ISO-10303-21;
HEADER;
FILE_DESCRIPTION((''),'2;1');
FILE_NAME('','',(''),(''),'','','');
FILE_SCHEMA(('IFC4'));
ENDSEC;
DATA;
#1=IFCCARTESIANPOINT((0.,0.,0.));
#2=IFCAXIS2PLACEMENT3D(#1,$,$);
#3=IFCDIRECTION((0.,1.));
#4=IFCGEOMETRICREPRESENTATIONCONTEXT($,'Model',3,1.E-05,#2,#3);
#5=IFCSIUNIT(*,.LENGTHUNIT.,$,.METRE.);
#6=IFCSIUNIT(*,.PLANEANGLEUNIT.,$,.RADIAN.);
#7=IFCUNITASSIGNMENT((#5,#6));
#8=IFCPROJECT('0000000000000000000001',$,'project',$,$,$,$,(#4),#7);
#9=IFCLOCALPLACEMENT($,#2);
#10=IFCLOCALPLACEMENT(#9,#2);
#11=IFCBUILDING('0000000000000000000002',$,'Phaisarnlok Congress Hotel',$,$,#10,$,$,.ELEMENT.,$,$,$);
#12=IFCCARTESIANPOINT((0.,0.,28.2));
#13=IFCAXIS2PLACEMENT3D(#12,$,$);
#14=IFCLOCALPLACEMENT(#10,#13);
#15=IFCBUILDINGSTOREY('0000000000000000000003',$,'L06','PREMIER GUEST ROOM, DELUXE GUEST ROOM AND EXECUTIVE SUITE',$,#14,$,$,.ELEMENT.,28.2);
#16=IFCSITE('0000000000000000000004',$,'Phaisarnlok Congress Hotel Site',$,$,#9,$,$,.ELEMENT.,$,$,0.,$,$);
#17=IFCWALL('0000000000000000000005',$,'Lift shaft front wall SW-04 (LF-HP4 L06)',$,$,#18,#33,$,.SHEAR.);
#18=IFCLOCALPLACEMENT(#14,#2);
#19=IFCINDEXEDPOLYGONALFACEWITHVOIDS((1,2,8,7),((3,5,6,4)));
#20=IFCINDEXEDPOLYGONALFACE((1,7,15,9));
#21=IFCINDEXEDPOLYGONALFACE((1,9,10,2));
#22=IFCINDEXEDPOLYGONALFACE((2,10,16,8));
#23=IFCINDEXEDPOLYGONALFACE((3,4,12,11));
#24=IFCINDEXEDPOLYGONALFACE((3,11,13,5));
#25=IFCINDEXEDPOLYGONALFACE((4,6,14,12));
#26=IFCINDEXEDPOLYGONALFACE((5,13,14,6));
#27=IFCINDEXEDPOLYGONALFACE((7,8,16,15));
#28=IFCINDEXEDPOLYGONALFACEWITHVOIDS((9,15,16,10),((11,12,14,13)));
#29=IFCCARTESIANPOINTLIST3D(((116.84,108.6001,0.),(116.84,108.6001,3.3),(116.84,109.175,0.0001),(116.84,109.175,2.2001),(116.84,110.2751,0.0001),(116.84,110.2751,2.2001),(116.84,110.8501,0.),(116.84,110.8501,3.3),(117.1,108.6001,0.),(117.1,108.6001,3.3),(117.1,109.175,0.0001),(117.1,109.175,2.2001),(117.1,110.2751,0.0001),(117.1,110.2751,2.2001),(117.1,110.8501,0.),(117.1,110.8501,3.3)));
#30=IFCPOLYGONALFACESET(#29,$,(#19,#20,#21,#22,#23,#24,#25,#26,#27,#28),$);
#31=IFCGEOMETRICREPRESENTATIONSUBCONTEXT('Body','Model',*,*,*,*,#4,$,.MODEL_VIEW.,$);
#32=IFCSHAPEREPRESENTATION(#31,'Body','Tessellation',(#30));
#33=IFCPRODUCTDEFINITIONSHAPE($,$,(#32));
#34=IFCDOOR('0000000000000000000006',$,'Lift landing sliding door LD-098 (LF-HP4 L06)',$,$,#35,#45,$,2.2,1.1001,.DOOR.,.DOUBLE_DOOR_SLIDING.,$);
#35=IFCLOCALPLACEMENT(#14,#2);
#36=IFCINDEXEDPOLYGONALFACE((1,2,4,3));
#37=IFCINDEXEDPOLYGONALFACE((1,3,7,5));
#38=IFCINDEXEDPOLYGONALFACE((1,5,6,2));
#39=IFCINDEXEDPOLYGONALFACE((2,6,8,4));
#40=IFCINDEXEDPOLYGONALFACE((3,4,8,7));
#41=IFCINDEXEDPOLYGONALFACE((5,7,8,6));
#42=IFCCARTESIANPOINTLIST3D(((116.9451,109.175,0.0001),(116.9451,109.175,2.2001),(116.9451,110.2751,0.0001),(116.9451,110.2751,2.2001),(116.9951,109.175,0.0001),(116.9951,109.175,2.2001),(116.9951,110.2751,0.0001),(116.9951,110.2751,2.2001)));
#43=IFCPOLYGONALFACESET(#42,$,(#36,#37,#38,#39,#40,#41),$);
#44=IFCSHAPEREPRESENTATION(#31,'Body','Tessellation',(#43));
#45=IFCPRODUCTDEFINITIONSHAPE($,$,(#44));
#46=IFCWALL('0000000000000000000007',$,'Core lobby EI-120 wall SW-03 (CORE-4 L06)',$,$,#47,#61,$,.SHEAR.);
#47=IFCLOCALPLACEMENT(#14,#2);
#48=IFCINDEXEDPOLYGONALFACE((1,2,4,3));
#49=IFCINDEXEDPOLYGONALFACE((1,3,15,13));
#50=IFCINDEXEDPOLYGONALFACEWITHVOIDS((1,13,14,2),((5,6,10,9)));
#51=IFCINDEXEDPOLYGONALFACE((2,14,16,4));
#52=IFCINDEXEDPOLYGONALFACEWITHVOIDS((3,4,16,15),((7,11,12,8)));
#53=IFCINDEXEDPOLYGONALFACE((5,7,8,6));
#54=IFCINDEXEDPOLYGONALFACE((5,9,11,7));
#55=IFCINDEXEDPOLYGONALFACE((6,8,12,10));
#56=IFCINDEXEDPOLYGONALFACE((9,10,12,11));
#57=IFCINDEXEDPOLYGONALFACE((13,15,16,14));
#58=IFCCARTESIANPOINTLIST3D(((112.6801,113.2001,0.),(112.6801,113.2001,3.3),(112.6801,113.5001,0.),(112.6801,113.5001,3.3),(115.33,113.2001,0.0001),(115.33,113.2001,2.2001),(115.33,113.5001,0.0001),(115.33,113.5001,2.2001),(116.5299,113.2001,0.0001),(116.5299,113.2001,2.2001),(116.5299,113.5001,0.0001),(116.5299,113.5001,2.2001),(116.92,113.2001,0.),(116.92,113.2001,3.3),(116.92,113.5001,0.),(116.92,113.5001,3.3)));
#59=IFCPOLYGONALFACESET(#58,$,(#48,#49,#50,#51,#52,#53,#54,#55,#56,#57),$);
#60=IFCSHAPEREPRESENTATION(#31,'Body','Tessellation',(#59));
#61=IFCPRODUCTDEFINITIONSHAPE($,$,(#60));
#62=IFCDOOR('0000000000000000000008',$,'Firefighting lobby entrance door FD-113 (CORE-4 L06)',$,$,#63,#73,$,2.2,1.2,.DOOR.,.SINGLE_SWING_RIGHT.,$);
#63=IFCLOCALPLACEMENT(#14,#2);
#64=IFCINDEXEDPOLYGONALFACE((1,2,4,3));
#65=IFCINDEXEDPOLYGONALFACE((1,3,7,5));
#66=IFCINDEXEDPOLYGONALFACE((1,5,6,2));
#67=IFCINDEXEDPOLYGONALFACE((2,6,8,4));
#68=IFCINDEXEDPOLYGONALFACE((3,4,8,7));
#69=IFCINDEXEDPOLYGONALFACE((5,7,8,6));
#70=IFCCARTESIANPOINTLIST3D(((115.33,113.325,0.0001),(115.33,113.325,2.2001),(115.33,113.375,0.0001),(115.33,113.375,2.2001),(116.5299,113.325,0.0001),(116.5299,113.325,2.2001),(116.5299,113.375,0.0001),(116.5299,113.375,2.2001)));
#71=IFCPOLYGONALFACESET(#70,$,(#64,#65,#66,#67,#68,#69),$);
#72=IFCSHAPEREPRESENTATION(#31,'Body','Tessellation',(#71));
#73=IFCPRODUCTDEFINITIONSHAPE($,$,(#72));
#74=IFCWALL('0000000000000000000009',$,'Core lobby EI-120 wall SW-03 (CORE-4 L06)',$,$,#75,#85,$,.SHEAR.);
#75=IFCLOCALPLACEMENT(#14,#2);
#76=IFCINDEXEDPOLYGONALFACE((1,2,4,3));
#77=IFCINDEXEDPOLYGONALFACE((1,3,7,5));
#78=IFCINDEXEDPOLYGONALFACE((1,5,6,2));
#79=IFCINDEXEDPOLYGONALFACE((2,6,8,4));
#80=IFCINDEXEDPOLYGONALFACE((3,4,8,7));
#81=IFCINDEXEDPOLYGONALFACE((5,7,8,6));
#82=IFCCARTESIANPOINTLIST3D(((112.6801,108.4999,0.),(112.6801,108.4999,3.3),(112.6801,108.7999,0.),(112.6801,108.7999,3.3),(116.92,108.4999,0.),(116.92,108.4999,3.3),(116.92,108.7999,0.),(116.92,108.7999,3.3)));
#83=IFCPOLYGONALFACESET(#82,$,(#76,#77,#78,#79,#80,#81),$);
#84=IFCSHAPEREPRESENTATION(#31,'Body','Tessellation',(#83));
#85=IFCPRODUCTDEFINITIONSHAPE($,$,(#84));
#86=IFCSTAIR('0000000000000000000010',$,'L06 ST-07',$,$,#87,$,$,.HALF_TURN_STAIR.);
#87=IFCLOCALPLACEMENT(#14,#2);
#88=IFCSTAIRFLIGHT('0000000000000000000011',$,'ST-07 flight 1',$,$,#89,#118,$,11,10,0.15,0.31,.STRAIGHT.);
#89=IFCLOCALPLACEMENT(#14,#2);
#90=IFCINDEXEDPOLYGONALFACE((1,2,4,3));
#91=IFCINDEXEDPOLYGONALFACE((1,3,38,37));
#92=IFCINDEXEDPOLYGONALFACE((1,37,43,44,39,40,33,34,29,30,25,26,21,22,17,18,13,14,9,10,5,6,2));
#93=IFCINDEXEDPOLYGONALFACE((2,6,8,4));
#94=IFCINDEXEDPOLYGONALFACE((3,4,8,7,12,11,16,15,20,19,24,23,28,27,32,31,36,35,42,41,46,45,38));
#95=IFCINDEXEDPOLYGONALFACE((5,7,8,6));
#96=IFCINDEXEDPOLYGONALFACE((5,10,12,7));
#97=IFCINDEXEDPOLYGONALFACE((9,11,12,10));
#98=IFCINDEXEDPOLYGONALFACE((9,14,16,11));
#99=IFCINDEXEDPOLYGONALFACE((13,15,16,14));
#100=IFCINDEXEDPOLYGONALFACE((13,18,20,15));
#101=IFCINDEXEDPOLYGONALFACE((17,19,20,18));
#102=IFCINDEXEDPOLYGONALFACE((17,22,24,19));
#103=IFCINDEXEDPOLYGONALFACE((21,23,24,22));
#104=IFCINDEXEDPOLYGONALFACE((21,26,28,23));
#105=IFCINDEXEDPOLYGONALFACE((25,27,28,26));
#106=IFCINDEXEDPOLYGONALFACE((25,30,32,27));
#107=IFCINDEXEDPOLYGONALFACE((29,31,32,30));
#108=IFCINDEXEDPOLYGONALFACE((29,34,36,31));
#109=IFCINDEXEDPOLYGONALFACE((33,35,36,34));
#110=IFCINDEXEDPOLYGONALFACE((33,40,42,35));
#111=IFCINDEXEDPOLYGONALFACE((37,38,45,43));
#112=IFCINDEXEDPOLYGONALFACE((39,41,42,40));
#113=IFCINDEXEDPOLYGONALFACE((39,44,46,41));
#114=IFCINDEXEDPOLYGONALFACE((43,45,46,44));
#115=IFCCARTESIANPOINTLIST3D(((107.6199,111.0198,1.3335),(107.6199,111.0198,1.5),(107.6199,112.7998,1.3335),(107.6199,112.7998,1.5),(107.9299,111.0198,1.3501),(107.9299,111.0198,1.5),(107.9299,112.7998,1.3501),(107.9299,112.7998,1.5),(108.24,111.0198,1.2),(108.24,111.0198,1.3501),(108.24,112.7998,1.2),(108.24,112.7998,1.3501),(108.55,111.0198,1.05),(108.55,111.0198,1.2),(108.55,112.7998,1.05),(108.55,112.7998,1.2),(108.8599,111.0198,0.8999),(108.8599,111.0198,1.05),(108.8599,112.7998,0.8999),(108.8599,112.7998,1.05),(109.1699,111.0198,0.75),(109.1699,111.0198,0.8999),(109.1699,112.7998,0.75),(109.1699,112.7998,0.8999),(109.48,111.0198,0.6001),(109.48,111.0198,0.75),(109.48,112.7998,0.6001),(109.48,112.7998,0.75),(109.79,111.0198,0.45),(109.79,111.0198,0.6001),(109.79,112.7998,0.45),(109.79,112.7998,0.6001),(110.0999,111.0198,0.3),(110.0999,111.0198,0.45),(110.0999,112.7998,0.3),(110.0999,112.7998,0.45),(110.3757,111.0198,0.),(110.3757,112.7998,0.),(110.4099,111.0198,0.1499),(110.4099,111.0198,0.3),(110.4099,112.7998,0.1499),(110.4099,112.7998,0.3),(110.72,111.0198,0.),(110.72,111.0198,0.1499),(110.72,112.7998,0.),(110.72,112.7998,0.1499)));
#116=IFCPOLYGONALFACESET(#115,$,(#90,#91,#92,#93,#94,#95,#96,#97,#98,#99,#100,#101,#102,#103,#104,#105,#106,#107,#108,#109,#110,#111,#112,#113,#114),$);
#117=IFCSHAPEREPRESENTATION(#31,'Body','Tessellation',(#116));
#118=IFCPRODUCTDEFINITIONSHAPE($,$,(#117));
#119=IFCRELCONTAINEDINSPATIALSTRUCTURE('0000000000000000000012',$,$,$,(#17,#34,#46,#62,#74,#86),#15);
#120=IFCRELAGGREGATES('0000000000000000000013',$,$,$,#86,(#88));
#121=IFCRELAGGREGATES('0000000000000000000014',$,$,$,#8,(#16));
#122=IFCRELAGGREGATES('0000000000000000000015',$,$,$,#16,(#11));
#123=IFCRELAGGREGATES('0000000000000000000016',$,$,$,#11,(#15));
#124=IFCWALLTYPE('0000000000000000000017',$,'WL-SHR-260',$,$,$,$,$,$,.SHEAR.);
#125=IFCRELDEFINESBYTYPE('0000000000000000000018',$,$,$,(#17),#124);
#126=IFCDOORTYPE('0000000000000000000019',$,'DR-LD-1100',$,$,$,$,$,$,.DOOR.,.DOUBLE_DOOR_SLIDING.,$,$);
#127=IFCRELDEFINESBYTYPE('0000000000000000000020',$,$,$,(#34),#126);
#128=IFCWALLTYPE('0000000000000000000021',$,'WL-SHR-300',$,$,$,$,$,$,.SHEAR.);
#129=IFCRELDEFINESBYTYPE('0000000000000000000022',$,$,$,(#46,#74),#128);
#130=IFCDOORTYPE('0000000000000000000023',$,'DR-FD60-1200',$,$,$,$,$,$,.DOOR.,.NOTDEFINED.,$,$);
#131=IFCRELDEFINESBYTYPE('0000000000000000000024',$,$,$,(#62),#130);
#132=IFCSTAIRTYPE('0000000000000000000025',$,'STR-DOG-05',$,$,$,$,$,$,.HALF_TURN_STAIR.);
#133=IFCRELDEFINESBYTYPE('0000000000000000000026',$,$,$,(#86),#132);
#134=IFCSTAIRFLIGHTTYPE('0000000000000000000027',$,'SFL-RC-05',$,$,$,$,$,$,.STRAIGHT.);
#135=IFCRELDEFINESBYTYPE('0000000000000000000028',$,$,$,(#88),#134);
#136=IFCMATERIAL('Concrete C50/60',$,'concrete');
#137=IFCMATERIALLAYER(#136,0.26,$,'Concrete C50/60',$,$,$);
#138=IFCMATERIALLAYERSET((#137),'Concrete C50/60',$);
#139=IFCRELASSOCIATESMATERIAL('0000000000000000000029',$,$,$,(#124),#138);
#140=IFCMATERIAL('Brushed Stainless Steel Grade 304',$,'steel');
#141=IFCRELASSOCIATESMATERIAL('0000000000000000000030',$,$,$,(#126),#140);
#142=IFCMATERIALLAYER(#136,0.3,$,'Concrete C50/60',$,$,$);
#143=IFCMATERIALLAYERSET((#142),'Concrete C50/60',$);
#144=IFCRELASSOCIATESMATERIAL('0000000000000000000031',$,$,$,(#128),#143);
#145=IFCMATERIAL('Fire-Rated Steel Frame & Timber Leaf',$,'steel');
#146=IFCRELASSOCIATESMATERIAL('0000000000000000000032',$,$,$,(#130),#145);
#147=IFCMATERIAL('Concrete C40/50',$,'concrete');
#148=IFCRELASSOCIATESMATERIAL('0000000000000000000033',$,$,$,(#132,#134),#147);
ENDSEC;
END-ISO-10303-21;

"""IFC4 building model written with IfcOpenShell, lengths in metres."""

from ifc_helpers import new_model, si_unit, direction, frame, frame_2d, origin, place, context, subcontext, project, spatial, polyline, rectangle, outline, extrude, material, layer, layer_set, type_object, element, fill, aggregate, save


model = new_model("IFC4")

# Units and contexts
model_context = context("Model", 3, precision=1e-05, world=origin(), true_north=direction((0.0, 1.0)))
body_context = subcontext(model_context, "Body", "Model", "MODEL_VIEW")
ifc_project = project(units=[si_unit("LENGTHUNIT", "METRE"), si_unit("PLANEANGLEUNIT", "RADIAN")], contexts=[model_context])

# Site, building, storey
site_placement = place(None, origin())
site = spatial("IfcSite", under=ifc_project, at=site_placement, Name="Phaisarnlok Congress Hotel Site", CompositionType="ELEMENT", RefElevation=0.0)
building_placement = place(site_placement, origin())
building = spatial("IfcBuilding", under=site, at=building_placement, Name="Phaisarnlok Congress Hotel", CompositionType="ELEMENT")
storey_placement = place(building_placement, frame((0.0, 0.0, 28.2)))
storey = spatial("IfcBuildingStorey", under=building, at=storey_placement, Name="L06", Description="PREMIER GUEST ROOM, DELUXE GUEST ROOM AND EXECUTIVE SUITE", CompositionType="ELEMENT", Elevation=28.2)

# Shared definitions
ifc_material_1 = material(Name="Concrete C50/60", Category="concrete")

# Shared definitions
ifc_material_2 = material(Name="Concrete C40/50", Category="concrete")

# Shared definitions
ifc_layer_1 = layer(ifc_material_1, 0.26, Name="Concrete C50/60")
ifc_layer_set_1 = layer_set([ifc_layer_1], Name="Concrete C50/60")
wall_type_1 = type_object("IfcWallType", Name="WL-SHR-260", PredefinedType="SHEAR", material=ifc_layer_set_1)
ifc_material_3 = material(Name="Fire-Rated Steel Frame & Timber Leaf", Category="steel")

# Walls, openings, doors
wall_1_placement = place(storey_placement, frame((116.97, 108.6001, 0.0), z_axis=(0.0, 0.0, 1.0), x_axis=(0.0, 1.0, 0.0)))
wall_1 = element("IfcWall", 1, at=wall_1_placement, inside=storey, type_object=wall_type_1, Name="Lift shaft front wall SW-04 (LF-HP4 L06)", PredefinedType="SHEAR", context=body_context, shape_type="SweptSolid", body=[
    extrude(rectangle(XDim=2.25, YDim=0.26, at=frame_2d((1.125, 0.0))), origin(), (0.0, 0.0, 1.0), 3.3),
])
opening_1_placement = place(wall_1_placement, frame((0.575, 0.0, 0.0)))
opening_1 = element("IfcOpeningElement", 2, at=opening_1_placement, cuts=wall_1, PredefinedType="OPENING", context=body_context, shape_type="SweptSolid", body=[
    extrude(rectangle(XDim=1.1001, YDim=2.2, at=frame_2d((0.55, 1.1001))), frame((0.0, 0.1401, 0.0), z_axis=(0.0, -1.0, 0.0), x_axis=(1.0, 0.0, 0.0)), (0.0, 0.0, 1.0), 0.28),
])
ifc_material_4 = material(Name="Brushed Stainless Steel Grade 304", Category="steel")
door_type_1 = type_object("IfcDoorType", Name="DR-LD-1100", OperationType="DOUBLE_DOOR_SLIDING", PredefinedType="DOOR", material=ifc_material_4)
door_1_placement = place(opening_1_placement, origin())
door_1 = element("IfcDoor", 3, at=door_1_placement, inside=storey, type_object=door_type_1, Name="Lift landing sliding door LD-098 (LF-HP4 L06)", OperationType="DOUBLE_DOOR_SLIDING", OverallHeight=2.2, OverallWidth=1.1001, PredefinedType="DOOR", context=body_context, shape_type="SweptSolid", body=[
    extrude(rectangle(XDim=1.1001, YDim=2.2, at=frame_2d((0.55, 1.1001))), frame((0.0, 0.0249, 0.0), z_axis=(0.0, -1.0, 0.0), x_axis=(1.0, 0.0, 0.0)), (0.0, 0.0, 1.0), 0.05),
])
fill(opening_1, door_1)
ifc_layer_2 = layer(ifc_material_1, 0.3, Name="Concrete C50/60")
ifc_layer_set_2 = layer_set([ifc_layer_2], Name="Concrete C50/60")
wall_type_2 = type_object("IfcWallType", Name="WL-SHR-300", PredefinedType="SHEAR", material=ifc_layer_set_2)
wall_2_placement = place(storey_placement, frame((112.6799, 113.3501, 0.0), z_axis=(0.0, 0.0, 1.0), x_axis=(1.0, 0.0, 0.0)))
wall_2 = element("IfcWall", 4, at=wall_2_placement, inside=storey, type_object=wall_type_2, Name="Core lobby EI-120 wall SW-03 (CORE-4 L06)", PredefinedType="SHEAR", context=body_context, shape_type="SweptSolid", body=[
    extrude(rectangle(XDim=4.24, YDim=0.3, at=frame_2d((2.1201, 0.0))), origin(), (0.0, 0.0, 1.0), 3.3),
])
opening_2_placement = place(wall_2_placement, frame((2.6499, 0.0, 0.0)))
opening_2 = element("IfcOpeningElement", 5, at=opening_2_placement, cuts=wall_2, PredefinedType="OPENING", context=body_context, shape_type="SweptSolid", body=[
    extrude(rectangle(XDim=1.2, YDim=2.2, at=frame_2d((0.6001, 1.1001))), frame((0.0, 0.1602, 0.0), z_axis=(0.0, -1.0, 0.0), x_axis=(1.0, 0.0, 0.0)), (0.0, 0.0, 1.0), 0.3201),
])
door_type_2 = type_object("IfcDoorType", Name="DR-FD60-1200", OperationType="NOTDEFINED", PredefinedType="DOOR", material=ifc_material_3)
door_2_placement = place(opening_2_placement, origin())
door_2 = element("IfcDoor", 6, at=door_2_placement, inside=storey, type_object=door_type_2, Name="Firefighting lobby entrance door FD-113 (CORE-4 L06)", OperationType="SINGLE_SWING_RIGHT", OverallHeight=2.2, OverallWidth=1.2, PredefinedType="DOOR", context=body_context, shape_type="SweptSolid", body=[
    extrude(rectangle(XDim=1.2, YDim=2.2, at=frame_2d((0.6001, 1.1001))), frame((0.0, 0.0249, 0.0), z_axis=(0.0, -1.0, 0.0), x_axis=(1.0, 0.0, 0.0)), (0.0, 0.0, 1.0), 0.05),
])
fill(opening_2, door_2)

# Wall
wall_3_placement = place(storey_placement, frame((112.6799, 108.6499, 0.0), z_axis=(0.0, 0.0, 1.0), x_axis=(1.0, 0.0, 0.0)))
element("IfcWall", 7, at=wall_3_placement, inside=storey, type_object=wall_type_2, Name="Core lobby EI-120 wall SW-03 (CORE-4 L06)", PredefinedType="SHEAR", context=body_context, shape_type="SweptSolid", body=[
    extrude(rectangle(XDim=4.24, YDim=0.3, at=frame_2d((2.1201, 0.0))), origin(), (0.0, 0.0, 1.0), 3.3),
])

# Stair, stair flight
stair_type = type_object("IfcStairType", Name="STR-DOG-05", PredefinedType="HALF_TURN_STAIR", material=ifc_material_2)
stair_placement = place(storey_placement, origin())
stair = element("IfcStair", 8, at=stair_placement, inside=storey, type_object=stair_type, Name="L06 ST-07", PredefinedType="HALF_TURN_STAIR")
stair_flight_type = type_object("IfcStairFlightType", Name="SFL-RC-05", PredefinedType="STRAIGHT", material=ifc_material_2)
stair_flight_placement = place(storey_placement, frame((110.72, 111.9099, 0.0), z_axis=(0.0, 0.0, 1.0), x_axis=(-1.0, 0.0, 0.0)))
stair_flight = element("IfcStairFlight", 9, at=stair_flight_placement, type_object=stair_flight_type, Name="ST-07 flight 1", NumberOfRisers=11, NumberOfTreads=10, PredefinedType="STRAIGHT", RiserHeight=0.15, TreadLength=0.31, context=body_context, shape_type="SweptSolid", body=[
    extrude(outline(polyline([(0.0, 0.0), (0.0, 0.1499), (0.3101, 0.1499), (0.3101, 0.3), (0.6201, 0.3), (0.6201, 0.45), (0.9299, 0.45), (0.9299, 0.6001), (1.24, 0.6001), (1.24, 0.75), (1.55, 0.75), (1.55, 0.8999), (1.8601, 0.8999), (1.8601, 1.05), (2.1699, 1.05), (2.1699, 1.2), (2.48, 1.2), (2.48, 1.3501), (2.79, 1.3501), (2.79, 1.5), (3.1001, 1.5), (3.1001, 1.6499), (3.1001, 1.3335), (0.3442, 0.0), (0.0, 0.0)])), frame((0.0, 0.8901, 0.0), z_axis=(0.0, -1.0, 0.0), x_axis=(1.0, 0.0, 0.0)), (0.0, 0.0, 1.0), 1.78),
])
aggregate(stair, [stair_flight])

save(model, "model.ifc")
